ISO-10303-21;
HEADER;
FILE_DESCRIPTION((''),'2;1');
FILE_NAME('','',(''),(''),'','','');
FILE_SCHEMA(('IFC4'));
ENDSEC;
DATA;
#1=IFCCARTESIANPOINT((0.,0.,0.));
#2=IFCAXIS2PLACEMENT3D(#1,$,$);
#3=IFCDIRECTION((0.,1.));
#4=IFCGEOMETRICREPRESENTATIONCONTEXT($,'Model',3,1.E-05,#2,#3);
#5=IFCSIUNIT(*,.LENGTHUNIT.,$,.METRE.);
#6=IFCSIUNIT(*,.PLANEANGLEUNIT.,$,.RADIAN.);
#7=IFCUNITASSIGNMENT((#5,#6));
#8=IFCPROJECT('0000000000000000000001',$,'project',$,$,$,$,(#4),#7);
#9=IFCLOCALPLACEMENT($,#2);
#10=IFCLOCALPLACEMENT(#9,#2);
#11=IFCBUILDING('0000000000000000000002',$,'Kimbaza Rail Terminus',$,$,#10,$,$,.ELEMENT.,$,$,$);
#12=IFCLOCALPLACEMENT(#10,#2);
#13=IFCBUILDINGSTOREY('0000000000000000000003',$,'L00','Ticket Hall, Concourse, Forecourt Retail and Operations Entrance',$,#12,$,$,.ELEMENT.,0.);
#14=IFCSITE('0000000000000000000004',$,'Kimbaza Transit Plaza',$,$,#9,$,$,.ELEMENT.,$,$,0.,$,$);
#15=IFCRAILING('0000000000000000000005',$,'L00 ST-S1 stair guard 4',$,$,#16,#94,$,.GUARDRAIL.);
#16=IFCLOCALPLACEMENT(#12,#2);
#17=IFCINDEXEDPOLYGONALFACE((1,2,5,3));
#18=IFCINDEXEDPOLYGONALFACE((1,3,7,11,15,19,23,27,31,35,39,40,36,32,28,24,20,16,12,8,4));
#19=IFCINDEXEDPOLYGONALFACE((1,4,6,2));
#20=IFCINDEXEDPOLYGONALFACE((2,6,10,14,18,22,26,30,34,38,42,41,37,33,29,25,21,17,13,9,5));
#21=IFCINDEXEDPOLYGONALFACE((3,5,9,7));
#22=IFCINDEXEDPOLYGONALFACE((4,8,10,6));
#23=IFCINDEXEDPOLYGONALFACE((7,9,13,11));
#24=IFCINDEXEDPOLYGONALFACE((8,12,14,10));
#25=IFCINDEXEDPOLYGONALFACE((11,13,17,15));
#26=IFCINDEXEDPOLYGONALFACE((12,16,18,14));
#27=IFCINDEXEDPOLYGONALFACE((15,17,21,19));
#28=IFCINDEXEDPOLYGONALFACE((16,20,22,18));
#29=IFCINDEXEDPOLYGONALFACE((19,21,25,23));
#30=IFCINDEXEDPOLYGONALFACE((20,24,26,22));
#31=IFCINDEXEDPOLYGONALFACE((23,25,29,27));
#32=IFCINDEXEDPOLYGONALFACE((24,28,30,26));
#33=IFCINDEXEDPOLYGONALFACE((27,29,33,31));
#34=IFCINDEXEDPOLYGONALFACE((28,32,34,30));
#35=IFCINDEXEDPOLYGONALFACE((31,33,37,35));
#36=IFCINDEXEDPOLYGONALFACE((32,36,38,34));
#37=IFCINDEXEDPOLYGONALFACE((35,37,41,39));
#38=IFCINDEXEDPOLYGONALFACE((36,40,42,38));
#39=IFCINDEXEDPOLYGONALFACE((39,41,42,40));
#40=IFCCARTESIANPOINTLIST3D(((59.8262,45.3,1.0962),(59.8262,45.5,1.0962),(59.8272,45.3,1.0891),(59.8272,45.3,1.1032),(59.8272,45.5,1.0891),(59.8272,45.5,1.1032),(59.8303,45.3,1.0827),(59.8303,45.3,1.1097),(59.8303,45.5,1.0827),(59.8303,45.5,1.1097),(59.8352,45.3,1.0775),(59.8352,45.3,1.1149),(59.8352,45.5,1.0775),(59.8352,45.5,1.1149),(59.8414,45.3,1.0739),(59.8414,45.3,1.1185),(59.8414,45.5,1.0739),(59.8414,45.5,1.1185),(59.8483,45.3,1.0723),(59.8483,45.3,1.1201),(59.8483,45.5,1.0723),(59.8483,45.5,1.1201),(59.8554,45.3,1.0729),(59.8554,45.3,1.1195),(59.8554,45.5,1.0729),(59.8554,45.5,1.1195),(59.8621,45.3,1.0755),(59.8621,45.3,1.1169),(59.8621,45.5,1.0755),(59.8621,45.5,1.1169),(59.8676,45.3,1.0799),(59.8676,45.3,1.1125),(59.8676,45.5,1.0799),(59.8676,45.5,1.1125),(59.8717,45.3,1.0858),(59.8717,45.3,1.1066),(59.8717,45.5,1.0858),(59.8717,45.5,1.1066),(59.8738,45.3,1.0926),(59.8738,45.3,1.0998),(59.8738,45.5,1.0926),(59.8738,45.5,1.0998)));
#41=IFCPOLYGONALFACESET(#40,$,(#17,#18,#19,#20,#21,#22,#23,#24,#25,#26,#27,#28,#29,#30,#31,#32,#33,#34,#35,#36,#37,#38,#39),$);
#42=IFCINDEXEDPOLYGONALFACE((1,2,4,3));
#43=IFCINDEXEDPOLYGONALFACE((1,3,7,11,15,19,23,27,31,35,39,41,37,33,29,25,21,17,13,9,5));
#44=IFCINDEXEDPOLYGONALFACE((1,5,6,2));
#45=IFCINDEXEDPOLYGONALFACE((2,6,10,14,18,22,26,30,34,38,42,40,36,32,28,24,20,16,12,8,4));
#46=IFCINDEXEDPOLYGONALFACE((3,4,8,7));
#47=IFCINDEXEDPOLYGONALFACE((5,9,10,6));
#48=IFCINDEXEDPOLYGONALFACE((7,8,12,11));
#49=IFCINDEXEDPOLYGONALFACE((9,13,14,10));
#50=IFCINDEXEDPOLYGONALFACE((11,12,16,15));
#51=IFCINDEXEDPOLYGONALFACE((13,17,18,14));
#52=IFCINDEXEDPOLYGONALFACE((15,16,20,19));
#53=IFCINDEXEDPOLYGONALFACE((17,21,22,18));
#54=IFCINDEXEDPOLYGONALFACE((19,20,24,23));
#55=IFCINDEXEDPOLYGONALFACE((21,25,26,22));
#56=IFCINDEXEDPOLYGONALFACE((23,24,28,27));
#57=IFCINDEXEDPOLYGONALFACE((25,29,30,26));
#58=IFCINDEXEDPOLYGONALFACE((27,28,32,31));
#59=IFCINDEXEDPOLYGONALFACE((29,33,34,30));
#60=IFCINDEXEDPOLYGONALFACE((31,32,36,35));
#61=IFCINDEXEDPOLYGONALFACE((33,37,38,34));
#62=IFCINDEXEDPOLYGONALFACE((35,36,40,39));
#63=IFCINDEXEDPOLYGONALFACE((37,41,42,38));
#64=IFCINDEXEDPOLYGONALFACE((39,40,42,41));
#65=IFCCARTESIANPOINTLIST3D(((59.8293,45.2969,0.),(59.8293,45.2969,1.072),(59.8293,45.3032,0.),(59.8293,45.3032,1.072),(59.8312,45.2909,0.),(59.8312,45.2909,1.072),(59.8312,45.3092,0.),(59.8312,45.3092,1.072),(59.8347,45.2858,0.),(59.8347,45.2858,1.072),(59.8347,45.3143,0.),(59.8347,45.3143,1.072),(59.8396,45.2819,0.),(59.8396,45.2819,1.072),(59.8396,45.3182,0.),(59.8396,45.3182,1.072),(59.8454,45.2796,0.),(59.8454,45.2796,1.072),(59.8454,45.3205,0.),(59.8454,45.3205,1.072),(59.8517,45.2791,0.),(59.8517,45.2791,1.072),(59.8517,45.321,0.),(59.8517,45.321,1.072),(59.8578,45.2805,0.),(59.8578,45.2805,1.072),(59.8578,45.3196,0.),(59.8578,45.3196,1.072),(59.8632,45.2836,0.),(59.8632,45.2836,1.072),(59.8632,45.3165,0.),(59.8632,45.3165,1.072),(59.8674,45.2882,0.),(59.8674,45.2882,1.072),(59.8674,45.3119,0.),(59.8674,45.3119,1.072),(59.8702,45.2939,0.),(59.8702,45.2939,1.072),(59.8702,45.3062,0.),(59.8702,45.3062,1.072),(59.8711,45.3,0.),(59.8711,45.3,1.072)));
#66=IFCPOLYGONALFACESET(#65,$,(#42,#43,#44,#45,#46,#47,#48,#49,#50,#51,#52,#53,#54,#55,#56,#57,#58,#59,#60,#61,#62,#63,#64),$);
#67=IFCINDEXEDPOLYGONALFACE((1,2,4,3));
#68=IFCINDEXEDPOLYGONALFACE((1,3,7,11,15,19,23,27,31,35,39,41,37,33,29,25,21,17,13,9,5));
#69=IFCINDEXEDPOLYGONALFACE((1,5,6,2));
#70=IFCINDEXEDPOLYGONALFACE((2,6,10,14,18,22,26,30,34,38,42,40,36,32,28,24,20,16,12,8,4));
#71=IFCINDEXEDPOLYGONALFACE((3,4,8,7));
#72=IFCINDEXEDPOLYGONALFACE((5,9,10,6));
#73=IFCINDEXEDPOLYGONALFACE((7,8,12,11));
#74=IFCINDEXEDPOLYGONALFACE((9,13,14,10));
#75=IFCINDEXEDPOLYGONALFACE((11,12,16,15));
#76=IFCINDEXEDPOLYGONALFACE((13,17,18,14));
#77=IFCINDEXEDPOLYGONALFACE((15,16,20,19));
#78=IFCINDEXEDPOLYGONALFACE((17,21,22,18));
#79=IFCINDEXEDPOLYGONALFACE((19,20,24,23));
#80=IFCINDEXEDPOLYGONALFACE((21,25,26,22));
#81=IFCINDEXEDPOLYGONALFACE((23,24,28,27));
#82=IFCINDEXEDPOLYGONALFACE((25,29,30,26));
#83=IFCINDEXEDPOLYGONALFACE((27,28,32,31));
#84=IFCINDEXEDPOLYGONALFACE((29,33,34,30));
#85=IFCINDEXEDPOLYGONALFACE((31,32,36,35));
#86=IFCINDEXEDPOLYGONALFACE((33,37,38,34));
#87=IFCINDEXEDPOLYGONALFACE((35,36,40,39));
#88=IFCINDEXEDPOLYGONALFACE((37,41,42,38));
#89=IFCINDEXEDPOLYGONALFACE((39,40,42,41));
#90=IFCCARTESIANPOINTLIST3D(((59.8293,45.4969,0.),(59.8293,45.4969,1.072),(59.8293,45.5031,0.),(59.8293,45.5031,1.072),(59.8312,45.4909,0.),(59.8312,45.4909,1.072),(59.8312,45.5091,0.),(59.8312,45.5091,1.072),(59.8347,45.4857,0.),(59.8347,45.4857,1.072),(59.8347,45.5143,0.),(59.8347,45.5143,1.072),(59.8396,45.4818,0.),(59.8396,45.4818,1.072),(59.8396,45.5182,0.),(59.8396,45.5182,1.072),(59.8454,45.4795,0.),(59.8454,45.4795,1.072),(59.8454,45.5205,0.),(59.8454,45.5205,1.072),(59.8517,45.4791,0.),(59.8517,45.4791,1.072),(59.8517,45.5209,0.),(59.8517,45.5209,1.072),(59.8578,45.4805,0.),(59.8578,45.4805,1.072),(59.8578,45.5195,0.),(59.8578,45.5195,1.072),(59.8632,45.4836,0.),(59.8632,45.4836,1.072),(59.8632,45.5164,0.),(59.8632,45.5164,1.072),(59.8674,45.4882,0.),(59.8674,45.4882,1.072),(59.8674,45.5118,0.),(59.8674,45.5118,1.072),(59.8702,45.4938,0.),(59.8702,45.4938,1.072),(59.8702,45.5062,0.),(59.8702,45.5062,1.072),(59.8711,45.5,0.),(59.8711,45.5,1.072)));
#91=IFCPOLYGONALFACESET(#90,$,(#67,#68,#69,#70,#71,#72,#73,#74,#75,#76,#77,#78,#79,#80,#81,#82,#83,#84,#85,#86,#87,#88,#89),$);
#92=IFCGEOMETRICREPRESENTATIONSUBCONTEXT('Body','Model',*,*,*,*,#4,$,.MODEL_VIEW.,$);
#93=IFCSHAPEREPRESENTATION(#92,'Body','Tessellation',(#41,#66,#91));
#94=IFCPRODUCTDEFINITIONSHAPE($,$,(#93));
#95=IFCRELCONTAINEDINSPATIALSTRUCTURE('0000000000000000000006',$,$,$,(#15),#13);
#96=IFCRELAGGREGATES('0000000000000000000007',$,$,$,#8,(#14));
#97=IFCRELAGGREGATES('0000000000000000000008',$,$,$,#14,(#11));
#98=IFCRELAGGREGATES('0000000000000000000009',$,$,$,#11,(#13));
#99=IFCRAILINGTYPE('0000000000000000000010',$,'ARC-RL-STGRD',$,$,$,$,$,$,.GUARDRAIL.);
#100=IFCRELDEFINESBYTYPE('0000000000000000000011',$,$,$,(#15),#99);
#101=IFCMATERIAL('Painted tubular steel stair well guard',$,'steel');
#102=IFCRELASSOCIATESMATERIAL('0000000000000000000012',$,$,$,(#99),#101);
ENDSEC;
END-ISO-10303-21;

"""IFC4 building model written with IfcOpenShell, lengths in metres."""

from ifc_helpers import new_model, si_unit, direction, frame, origin, origin_2d, place, context, subcontext, project, spatial, circle, extrude, material, type_object, element, save


model = new_model("IFC4")

# Units and contexts
model_context = context("Model", 3, precision=1e-05, world=origin(), true_north=direction((0.0, 1.0)))
body_context = subcontext(model_context, "Body", "Model", "MODEL_VIEW")
ifc_project = project(units=[si_unit("LENGTHUNIT", "METRE"), si_unit("PLANEANGLEUNIT", "RADIAN")], contexts=[model_context])

# Site, building, storey
site_placement = place(None, origin())
site = spatial("IfcSite", under=ifc_project, at=site_placement, Name="Kimbaza Transit Plaza", CompositionType="ELEMENT", RefElevation=0.0)
building_placement = place(site_placement, origin())
building = spatial("IfcBuilding", under=site, at=building_placement, Name="Kimbaza Rail Terminus", CompositionType="ELEMENT")
storey_placement = place(building_placement, origin())
storey = spatial("IfcBuildingStorey", under=building, at=storey_placement, Name="L00", Description="Ticket Hall, Concourse, Forecourt Retail and Operations Entrance", CompositionType="ELEMENT", Elevation=0.0)

# Railing
ifc_material_1 = material(Name="Painted tubular steel stair well guard", Category="steel")
railing_type_1 = type_object("IfcRailingType", Name="ARC-RL-STGRD", PredefinedType="GUARDRAIL", material=ifc_material_1)
railing_1_placement = place(storey_placement, frame((59.8501, 45.3, 0.0)))
element("IfcRailing", 1, at=railing_1_placement, inside=storey, type_object=railing_type_1, Name="L00 ST-S1 stair guard 4", PredefinedType="GUARDRAIL", context=body_context, shape_type="SweptSolid", body=[
    extrude(circle(Radius=0.0239, at=origin_2d()), frame((0.0, 0.0, 1.0962), z_axis=(0.0, 1.0, 0.0), x_axis=(-1.0, 0.0, 0.0)), (0.0, 0.0, 1.0), 0.2),
    extrude(circle(Radius=0.021, at=origin_2d()), origin(), (0.0, 0.0, 1.0), 1.072),
    extrude(circle(Radius=0.021, at=origin_2d()), frame((0.0, 0.2, 0.0)), (0.0, 0.0, 1.0), 1.072),
])

save(model, "model.ifc")
